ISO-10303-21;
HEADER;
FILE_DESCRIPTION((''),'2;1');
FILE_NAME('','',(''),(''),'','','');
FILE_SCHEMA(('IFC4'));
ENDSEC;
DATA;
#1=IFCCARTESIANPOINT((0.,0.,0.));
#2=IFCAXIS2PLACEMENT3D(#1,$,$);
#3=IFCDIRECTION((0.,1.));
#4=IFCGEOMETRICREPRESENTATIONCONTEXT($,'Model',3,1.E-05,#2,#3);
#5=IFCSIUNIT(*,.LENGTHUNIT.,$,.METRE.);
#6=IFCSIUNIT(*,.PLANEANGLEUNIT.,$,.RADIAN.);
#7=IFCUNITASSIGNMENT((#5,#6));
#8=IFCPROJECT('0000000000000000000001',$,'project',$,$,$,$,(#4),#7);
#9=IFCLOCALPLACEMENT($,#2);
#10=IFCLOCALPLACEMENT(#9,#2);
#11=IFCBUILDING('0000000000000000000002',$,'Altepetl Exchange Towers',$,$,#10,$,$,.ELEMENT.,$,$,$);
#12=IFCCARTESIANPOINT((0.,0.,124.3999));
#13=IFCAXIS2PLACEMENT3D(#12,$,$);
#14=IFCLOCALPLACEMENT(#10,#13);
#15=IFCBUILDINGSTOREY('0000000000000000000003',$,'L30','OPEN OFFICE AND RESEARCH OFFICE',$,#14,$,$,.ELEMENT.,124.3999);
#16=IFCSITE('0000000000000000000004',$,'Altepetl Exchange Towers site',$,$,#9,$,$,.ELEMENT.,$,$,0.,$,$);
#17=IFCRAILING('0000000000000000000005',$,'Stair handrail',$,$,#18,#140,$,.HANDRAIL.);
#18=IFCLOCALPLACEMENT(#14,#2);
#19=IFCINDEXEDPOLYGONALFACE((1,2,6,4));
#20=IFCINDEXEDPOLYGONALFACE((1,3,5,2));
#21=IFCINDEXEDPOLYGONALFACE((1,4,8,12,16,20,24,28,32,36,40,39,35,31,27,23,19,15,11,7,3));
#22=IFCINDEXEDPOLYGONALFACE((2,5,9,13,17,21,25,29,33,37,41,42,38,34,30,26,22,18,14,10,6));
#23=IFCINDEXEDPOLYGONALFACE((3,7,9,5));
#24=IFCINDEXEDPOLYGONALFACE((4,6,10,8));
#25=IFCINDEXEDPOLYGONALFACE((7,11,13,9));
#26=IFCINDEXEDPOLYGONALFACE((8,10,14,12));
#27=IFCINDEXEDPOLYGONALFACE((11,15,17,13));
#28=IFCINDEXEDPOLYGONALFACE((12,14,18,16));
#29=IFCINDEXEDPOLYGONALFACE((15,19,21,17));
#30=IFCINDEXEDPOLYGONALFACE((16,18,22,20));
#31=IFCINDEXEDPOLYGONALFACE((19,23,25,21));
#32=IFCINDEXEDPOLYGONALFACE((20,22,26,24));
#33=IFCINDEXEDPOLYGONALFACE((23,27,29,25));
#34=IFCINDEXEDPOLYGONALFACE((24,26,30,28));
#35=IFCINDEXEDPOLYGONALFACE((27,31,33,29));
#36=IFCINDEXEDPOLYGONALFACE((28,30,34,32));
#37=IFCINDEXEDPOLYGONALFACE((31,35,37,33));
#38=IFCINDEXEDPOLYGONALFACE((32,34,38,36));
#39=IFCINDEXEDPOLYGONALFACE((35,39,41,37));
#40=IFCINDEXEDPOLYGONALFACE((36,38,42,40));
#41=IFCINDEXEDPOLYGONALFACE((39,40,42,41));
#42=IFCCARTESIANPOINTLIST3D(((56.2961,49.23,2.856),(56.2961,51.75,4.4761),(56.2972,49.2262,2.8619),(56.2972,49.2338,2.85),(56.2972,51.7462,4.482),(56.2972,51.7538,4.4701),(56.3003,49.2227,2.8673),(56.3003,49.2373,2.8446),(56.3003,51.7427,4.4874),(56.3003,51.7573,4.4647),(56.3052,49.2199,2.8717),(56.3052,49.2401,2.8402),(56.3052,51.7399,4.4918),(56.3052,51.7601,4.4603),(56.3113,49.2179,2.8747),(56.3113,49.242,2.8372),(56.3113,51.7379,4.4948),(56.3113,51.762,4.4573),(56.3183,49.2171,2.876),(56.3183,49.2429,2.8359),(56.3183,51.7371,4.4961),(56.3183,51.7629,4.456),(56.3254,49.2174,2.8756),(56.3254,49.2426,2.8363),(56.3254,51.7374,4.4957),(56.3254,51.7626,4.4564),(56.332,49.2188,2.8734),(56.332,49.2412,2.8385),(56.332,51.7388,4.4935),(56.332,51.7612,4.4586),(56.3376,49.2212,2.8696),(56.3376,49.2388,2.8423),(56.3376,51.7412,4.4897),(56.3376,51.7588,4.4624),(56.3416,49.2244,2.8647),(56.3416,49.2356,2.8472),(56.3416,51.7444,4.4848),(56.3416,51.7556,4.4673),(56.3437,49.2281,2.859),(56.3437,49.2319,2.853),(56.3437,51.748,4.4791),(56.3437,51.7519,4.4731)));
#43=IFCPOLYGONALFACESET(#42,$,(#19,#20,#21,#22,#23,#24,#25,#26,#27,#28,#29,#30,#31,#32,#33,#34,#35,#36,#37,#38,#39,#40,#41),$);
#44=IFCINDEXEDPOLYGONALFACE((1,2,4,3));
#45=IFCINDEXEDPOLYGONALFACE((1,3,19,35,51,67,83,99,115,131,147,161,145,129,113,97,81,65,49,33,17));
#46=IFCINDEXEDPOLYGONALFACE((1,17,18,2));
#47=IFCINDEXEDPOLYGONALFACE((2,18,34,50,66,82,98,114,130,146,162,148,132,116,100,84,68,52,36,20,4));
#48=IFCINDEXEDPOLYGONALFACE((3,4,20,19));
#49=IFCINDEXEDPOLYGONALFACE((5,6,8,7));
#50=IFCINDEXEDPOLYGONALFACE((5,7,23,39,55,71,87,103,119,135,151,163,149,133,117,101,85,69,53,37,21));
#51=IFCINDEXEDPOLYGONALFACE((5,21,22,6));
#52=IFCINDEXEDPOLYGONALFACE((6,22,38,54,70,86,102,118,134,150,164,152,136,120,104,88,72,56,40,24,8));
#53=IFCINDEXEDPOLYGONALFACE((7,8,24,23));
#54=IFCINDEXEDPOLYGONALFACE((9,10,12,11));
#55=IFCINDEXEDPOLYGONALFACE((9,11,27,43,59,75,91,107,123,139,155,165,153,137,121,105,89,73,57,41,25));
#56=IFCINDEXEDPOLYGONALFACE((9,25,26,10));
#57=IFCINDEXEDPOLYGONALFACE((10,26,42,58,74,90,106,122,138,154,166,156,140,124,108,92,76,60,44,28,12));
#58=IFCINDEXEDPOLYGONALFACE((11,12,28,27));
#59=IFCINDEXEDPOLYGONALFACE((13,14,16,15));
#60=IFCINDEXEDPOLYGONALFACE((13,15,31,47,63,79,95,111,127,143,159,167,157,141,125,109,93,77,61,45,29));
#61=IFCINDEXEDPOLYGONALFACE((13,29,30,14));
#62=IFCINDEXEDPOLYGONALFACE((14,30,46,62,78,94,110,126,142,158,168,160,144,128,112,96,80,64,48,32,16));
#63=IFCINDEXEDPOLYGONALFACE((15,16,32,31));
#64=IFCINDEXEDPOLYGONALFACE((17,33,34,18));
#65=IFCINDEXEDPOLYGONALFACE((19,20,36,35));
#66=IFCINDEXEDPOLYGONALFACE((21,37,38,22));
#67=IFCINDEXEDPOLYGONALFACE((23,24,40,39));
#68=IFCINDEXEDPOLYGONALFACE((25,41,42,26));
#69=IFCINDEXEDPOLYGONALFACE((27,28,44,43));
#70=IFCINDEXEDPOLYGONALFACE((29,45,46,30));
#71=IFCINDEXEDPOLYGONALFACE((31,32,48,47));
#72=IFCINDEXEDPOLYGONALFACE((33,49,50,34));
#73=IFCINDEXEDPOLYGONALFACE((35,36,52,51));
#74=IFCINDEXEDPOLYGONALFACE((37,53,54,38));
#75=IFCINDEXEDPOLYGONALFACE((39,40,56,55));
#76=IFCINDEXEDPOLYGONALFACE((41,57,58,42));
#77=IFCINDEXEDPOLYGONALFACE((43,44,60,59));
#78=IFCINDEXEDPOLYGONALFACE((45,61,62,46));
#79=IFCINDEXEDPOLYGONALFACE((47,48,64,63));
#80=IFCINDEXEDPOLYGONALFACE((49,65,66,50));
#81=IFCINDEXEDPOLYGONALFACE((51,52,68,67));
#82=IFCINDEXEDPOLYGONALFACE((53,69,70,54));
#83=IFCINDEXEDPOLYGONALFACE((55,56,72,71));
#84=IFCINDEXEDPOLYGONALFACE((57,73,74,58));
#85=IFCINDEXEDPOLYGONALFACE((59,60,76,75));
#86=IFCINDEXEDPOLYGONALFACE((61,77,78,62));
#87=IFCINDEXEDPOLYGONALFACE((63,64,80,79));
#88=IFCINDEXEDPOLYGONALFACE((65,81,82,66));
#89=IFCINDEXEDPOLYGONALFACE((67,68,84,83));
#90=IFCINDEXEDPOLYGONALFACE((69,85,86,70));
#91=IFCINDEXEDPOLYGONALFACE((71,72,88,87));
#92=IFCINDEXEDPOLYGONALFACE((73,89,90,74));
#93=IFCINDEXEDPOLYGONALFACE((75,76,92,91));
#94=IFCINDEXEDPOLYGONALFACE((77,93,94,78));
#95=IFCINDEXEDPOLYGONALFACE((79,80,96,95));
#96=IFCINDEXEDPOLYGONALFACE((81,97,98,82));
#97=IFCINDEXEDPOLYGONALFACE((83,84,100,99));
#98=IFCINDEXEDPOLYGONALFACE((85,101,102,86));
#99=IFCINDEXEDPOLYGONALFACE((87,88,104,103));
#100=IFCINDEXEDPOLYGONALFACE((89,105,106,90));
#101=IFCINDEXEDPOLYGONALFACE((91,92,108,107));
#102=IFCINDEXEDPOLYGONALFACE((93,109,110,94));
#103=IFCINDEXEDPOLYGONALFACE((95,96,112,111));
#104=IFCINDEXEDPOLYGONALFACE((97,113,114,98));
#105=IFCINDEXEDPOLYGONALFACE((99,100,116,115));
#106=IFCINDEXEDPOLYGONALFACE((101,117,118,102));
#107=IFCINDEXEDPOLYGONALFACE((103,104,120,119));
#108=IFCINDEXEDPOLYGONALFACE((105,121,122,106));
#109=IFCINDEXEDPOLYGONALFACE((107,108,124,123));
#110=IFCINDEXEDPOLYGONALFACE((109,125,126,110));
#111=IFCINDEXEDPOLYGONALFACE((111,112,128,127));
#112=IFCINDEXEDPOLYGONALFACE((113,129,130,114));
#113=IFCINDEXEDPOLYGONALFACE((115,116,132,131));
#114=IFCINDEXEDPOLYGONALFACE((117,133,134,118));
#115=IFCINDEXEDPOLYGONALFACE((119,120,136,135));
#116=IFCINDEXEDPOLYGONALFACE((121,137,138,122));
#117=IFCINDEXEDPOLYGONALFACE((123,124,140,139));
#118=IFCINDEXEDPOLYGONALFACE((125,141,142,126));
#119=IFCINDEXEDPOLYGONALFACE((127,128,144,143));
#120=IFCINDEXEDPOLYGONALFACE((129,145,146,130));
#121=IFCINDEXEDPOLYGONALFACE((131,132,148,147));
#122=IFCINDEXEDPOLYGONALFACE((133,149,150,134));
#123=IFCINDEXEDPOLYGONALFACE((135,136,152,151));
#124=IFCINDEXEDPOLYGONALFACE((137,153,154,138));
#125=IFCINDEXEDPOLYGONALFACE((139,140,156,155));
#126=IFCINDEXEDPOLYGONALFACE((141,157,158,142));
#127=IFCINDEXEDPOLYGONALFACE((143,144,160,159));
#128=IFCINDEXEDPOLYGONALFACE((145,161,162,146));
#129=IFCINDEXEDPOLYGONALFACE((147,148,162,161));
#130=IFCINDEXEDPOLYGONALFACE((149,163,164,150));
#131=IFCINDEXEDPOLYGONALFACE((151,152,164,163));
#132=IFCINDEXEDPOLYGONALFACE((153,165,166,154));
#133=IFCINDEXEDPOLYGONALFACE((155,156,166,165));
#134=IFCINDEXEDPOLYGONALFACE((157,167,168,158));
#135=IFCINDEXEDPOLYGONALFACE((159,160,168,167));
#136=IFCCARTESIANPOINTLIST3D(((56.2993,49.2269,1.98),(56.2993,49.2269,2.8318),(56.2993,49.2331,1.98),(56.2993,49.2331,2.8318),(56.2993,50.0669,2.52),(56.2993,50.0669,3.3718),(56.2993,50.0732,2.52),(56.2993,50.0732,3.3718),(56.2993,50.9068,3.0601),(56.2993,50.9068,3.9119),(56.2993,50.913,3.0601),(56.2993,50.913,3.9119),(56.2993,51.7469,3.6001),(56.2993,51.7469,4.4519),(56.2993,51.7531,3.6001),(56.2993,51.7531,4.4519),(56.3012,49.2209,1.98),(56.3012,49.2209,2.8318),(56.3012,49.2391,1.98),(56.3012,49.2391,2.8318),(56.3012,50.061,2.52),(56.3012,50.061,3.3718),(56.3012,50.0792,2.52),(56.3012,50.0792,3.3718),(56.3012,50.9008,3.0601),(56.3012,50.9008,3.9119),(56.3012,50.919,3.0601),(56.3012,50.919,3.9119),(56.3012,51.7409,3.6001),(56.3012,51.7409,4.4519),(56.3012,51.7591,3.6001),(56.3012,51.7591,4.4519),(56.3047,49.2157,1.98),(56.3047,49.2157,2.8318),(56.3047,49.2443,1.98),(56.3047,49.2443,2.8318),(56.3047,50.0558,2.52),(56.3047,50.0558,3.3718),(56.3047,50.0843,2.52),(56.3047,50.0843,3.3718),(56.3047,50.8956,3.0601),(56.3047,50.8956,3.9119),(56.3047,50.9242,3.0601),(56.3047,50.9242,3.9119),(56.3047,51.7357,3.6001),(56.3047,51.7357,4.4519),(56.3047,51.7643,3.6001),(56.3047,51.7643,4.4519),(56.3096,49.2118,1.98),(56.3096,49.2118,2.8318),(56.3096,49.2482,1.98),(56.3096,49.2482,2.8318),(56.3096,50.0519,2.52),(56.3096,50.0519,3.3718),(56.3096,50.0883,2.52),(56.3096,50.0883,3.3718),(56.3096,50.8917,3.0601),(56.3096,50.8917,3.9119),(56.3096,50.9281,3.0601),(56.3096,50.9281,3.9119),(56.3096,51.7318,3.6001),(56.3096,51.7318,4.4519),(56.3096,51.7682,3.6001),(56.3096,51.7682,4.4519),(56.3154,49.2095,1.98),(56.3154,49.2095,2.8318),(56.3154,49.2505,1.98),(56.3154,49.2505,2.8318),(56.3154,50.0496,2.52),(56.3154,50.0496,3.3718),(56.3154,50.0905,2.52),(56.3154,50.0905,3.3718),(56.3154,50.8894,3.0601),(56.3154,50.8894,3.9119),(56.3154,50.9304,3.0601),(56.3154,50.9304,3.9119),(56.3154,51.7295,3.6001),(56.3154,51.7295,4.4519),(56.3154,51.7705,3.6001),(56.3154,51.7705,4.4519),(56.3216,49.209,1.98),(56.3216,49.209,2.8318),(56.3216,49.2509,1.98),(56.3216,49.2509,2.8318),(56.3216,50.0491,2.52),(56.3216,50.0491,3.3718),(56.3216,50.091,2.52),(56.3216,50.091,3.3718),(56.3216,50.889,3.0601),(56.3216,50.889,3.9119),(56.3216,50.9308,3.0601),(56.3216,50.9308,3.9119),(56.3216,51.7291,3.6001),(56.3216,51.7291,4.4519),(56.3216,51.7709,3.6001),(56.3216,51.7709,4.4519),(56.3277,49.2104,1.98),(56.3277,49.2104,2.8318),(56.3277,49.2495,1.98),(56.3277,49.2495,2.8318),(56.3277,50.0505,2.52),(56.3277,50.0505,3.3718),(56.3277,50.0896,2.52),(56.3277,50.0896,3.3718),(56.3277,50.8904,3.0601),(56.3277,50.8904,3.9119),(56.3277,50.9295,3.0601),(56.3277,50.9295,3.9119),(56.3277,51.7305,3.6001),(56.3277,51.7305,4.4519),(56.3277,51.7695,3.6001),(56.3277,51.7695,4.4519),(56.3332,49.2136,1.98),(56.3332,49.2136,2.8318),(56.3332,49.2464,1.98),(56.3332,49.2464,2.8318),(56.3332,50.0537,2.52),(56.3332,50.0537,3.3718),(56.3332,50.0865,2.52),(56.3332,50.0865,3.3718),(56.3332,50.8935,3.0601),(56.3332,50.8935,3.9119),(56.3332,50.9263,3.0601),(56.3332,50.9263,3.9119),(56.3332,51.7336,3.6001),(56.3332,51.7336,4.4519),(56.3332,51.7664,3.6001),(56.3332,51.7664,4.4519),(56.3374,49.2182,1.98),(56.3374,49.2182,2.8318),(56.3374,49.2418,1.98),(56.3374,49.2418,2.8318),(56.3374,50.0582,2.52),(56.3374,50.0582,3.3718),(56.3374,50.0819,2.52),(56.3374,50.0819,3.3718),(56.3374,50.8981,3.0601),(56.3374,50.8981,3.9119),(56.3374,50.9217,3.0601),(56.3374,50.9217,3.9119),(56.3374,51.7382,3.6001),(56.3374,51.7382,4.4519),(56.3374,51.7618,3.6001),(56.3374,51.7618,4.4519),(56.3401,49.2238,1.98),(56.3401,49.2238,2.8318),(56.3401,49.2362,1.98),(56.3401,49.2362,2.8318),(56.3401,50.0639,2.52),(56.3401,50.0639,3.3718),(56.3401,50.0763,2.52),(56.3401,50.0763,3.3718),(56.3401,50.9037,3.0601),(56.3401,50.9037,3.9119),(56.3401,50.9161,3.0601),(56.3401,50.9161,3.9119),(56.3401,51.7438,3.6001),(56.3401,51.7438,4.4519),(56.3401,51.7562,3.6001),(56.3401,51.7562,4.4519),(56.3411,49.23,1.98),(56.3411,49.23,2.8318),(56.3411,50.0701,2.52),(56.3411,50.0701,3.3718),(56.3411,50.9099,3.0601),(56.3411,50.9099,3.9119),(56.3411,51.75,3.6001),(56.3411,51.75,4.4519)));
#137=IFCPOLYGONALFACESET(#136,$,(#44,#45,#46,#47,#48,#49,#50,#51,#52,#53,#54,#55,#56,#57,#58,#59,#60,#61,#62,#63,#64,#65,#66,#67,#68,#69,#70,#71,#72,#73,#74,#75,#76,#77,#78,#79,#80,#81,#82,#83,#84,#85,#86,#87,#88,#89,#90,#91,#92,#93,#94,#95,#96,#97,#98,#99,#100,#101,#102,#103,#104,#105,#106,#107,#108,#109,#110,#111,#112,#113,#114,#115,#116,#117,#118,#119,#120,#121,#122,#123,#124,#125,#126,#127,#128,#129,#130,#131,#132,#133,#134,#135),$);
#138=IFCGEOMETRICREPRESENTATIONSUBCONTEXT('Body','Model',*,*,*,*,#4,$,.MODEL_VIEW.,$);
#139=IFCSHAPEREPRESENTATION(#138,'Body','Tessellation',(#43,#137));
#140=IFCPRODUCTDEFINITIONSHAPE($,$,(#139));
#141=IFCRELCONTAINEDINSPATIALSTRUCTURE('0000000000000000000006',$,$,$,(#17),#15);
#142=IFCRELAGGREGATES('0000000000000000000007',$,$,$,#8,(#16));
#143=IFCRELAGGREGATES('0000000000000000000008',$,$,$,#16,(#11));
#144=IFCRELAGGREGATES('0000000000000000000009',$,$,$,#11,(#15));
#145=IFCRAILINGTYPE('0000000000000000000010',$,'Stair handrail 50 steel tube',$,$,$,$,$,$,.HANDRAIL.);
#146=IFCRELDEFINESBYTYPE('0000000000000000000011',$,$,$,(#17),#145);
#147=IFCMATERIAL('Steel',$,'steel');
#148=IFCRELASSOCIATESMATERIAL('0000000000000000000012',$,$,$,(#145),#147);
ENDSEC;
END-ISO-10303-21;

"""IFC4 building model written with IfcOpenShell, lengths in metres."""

from ifc_helpers import new_model, si_unit, direction, frame, origin, origin_2d, place, context, subcontext, project, spatial, circle, extrude, source, transform, mapped, material, type_object, element, save


model = new_model("IFC4")

# Units and contexts
model_context = context("Model", 3, precision=1e-05, world=origin(), true_north=direction((0.0, 1.0)))
body_context = subcontext(model_context, "Body", "Model", "MODEL_VIEW")
ifc_project = project(units=[si_unit("LENGTHUNIT", "METRE"), si_unit("PLANEANGLEUNIT", "RADIAN")], contexts=[model_context])

# Site, building, storey
site_placement = place(None, origin())
site = spatial("IfcSite", under=ifc_project, at=site_placement, Name="Altepetl Exchange Towers site", CompositionType="ELEMENT", RefElevation=0.0)
building_placement = place(site_placement, origin())
building = spatial("IfcBuilding", under=site, at=building_placement, Name="Altepetl Exchange Towers", CompositionType="ELEMENT")
storey_placement = place(building_placement, frame((0.0, 0.0, 124.3999)))
storey = spatial("IfcBuildingStorey", under=building, at=storey_placement, Name="L30", Description="OPEN OFFICE AND RESEARCH OFFICE", CompositionType="ELEMENT", Elevation=124.3999)

# Railing
ifc_material_1 = material(Name="Steel", Category="steel")
railing_type = type_object("IfcRailingType", Name="Stair handrail 50 steel tube", PredefinedType="HANDRAIL", material=ifc_material_1)
shared_shape = source(origin(), body_context, "Body", "SweptSolid", [
    extrude(circle(Radius=0.021, at=origin_2d()), origin(), (0.0, 0.0, 1.0), 0.8518),
])
railing_1_placement = place(storey_placement, frame((56.3201, 49.23, 1.98)))
element("IfcRailing", 1, at=railing_1_placement, inside=storey, type_object=railing_type, Name="Stair handrail", PredefinedType="HANDRAIL", context=body_context, shape_type="SweptSolid", body=[
    extrude(circle(Radius=0.0239, at=origin_2d()), frame((0.0, 0.0, 0.876), z_axis=(0.0, 0.841163, 0.540782), x_axis=(-1.0, 0.0, 0.0)), (0.0, 0.0, 1.0), 2.9958),
    mapped(shared_shape, transform((0.0, 0.0, 0.0))),
    mapped(shared_shape, transform((0.0, 0.8401, 0.54))),
    mapped(shared_shape, transform((0.0, 1.6799, 1.0801))),
    mapped(shared_shape, transform((0.0, 2.52, 1.6201))),
])

save(model, "model.ifc")
